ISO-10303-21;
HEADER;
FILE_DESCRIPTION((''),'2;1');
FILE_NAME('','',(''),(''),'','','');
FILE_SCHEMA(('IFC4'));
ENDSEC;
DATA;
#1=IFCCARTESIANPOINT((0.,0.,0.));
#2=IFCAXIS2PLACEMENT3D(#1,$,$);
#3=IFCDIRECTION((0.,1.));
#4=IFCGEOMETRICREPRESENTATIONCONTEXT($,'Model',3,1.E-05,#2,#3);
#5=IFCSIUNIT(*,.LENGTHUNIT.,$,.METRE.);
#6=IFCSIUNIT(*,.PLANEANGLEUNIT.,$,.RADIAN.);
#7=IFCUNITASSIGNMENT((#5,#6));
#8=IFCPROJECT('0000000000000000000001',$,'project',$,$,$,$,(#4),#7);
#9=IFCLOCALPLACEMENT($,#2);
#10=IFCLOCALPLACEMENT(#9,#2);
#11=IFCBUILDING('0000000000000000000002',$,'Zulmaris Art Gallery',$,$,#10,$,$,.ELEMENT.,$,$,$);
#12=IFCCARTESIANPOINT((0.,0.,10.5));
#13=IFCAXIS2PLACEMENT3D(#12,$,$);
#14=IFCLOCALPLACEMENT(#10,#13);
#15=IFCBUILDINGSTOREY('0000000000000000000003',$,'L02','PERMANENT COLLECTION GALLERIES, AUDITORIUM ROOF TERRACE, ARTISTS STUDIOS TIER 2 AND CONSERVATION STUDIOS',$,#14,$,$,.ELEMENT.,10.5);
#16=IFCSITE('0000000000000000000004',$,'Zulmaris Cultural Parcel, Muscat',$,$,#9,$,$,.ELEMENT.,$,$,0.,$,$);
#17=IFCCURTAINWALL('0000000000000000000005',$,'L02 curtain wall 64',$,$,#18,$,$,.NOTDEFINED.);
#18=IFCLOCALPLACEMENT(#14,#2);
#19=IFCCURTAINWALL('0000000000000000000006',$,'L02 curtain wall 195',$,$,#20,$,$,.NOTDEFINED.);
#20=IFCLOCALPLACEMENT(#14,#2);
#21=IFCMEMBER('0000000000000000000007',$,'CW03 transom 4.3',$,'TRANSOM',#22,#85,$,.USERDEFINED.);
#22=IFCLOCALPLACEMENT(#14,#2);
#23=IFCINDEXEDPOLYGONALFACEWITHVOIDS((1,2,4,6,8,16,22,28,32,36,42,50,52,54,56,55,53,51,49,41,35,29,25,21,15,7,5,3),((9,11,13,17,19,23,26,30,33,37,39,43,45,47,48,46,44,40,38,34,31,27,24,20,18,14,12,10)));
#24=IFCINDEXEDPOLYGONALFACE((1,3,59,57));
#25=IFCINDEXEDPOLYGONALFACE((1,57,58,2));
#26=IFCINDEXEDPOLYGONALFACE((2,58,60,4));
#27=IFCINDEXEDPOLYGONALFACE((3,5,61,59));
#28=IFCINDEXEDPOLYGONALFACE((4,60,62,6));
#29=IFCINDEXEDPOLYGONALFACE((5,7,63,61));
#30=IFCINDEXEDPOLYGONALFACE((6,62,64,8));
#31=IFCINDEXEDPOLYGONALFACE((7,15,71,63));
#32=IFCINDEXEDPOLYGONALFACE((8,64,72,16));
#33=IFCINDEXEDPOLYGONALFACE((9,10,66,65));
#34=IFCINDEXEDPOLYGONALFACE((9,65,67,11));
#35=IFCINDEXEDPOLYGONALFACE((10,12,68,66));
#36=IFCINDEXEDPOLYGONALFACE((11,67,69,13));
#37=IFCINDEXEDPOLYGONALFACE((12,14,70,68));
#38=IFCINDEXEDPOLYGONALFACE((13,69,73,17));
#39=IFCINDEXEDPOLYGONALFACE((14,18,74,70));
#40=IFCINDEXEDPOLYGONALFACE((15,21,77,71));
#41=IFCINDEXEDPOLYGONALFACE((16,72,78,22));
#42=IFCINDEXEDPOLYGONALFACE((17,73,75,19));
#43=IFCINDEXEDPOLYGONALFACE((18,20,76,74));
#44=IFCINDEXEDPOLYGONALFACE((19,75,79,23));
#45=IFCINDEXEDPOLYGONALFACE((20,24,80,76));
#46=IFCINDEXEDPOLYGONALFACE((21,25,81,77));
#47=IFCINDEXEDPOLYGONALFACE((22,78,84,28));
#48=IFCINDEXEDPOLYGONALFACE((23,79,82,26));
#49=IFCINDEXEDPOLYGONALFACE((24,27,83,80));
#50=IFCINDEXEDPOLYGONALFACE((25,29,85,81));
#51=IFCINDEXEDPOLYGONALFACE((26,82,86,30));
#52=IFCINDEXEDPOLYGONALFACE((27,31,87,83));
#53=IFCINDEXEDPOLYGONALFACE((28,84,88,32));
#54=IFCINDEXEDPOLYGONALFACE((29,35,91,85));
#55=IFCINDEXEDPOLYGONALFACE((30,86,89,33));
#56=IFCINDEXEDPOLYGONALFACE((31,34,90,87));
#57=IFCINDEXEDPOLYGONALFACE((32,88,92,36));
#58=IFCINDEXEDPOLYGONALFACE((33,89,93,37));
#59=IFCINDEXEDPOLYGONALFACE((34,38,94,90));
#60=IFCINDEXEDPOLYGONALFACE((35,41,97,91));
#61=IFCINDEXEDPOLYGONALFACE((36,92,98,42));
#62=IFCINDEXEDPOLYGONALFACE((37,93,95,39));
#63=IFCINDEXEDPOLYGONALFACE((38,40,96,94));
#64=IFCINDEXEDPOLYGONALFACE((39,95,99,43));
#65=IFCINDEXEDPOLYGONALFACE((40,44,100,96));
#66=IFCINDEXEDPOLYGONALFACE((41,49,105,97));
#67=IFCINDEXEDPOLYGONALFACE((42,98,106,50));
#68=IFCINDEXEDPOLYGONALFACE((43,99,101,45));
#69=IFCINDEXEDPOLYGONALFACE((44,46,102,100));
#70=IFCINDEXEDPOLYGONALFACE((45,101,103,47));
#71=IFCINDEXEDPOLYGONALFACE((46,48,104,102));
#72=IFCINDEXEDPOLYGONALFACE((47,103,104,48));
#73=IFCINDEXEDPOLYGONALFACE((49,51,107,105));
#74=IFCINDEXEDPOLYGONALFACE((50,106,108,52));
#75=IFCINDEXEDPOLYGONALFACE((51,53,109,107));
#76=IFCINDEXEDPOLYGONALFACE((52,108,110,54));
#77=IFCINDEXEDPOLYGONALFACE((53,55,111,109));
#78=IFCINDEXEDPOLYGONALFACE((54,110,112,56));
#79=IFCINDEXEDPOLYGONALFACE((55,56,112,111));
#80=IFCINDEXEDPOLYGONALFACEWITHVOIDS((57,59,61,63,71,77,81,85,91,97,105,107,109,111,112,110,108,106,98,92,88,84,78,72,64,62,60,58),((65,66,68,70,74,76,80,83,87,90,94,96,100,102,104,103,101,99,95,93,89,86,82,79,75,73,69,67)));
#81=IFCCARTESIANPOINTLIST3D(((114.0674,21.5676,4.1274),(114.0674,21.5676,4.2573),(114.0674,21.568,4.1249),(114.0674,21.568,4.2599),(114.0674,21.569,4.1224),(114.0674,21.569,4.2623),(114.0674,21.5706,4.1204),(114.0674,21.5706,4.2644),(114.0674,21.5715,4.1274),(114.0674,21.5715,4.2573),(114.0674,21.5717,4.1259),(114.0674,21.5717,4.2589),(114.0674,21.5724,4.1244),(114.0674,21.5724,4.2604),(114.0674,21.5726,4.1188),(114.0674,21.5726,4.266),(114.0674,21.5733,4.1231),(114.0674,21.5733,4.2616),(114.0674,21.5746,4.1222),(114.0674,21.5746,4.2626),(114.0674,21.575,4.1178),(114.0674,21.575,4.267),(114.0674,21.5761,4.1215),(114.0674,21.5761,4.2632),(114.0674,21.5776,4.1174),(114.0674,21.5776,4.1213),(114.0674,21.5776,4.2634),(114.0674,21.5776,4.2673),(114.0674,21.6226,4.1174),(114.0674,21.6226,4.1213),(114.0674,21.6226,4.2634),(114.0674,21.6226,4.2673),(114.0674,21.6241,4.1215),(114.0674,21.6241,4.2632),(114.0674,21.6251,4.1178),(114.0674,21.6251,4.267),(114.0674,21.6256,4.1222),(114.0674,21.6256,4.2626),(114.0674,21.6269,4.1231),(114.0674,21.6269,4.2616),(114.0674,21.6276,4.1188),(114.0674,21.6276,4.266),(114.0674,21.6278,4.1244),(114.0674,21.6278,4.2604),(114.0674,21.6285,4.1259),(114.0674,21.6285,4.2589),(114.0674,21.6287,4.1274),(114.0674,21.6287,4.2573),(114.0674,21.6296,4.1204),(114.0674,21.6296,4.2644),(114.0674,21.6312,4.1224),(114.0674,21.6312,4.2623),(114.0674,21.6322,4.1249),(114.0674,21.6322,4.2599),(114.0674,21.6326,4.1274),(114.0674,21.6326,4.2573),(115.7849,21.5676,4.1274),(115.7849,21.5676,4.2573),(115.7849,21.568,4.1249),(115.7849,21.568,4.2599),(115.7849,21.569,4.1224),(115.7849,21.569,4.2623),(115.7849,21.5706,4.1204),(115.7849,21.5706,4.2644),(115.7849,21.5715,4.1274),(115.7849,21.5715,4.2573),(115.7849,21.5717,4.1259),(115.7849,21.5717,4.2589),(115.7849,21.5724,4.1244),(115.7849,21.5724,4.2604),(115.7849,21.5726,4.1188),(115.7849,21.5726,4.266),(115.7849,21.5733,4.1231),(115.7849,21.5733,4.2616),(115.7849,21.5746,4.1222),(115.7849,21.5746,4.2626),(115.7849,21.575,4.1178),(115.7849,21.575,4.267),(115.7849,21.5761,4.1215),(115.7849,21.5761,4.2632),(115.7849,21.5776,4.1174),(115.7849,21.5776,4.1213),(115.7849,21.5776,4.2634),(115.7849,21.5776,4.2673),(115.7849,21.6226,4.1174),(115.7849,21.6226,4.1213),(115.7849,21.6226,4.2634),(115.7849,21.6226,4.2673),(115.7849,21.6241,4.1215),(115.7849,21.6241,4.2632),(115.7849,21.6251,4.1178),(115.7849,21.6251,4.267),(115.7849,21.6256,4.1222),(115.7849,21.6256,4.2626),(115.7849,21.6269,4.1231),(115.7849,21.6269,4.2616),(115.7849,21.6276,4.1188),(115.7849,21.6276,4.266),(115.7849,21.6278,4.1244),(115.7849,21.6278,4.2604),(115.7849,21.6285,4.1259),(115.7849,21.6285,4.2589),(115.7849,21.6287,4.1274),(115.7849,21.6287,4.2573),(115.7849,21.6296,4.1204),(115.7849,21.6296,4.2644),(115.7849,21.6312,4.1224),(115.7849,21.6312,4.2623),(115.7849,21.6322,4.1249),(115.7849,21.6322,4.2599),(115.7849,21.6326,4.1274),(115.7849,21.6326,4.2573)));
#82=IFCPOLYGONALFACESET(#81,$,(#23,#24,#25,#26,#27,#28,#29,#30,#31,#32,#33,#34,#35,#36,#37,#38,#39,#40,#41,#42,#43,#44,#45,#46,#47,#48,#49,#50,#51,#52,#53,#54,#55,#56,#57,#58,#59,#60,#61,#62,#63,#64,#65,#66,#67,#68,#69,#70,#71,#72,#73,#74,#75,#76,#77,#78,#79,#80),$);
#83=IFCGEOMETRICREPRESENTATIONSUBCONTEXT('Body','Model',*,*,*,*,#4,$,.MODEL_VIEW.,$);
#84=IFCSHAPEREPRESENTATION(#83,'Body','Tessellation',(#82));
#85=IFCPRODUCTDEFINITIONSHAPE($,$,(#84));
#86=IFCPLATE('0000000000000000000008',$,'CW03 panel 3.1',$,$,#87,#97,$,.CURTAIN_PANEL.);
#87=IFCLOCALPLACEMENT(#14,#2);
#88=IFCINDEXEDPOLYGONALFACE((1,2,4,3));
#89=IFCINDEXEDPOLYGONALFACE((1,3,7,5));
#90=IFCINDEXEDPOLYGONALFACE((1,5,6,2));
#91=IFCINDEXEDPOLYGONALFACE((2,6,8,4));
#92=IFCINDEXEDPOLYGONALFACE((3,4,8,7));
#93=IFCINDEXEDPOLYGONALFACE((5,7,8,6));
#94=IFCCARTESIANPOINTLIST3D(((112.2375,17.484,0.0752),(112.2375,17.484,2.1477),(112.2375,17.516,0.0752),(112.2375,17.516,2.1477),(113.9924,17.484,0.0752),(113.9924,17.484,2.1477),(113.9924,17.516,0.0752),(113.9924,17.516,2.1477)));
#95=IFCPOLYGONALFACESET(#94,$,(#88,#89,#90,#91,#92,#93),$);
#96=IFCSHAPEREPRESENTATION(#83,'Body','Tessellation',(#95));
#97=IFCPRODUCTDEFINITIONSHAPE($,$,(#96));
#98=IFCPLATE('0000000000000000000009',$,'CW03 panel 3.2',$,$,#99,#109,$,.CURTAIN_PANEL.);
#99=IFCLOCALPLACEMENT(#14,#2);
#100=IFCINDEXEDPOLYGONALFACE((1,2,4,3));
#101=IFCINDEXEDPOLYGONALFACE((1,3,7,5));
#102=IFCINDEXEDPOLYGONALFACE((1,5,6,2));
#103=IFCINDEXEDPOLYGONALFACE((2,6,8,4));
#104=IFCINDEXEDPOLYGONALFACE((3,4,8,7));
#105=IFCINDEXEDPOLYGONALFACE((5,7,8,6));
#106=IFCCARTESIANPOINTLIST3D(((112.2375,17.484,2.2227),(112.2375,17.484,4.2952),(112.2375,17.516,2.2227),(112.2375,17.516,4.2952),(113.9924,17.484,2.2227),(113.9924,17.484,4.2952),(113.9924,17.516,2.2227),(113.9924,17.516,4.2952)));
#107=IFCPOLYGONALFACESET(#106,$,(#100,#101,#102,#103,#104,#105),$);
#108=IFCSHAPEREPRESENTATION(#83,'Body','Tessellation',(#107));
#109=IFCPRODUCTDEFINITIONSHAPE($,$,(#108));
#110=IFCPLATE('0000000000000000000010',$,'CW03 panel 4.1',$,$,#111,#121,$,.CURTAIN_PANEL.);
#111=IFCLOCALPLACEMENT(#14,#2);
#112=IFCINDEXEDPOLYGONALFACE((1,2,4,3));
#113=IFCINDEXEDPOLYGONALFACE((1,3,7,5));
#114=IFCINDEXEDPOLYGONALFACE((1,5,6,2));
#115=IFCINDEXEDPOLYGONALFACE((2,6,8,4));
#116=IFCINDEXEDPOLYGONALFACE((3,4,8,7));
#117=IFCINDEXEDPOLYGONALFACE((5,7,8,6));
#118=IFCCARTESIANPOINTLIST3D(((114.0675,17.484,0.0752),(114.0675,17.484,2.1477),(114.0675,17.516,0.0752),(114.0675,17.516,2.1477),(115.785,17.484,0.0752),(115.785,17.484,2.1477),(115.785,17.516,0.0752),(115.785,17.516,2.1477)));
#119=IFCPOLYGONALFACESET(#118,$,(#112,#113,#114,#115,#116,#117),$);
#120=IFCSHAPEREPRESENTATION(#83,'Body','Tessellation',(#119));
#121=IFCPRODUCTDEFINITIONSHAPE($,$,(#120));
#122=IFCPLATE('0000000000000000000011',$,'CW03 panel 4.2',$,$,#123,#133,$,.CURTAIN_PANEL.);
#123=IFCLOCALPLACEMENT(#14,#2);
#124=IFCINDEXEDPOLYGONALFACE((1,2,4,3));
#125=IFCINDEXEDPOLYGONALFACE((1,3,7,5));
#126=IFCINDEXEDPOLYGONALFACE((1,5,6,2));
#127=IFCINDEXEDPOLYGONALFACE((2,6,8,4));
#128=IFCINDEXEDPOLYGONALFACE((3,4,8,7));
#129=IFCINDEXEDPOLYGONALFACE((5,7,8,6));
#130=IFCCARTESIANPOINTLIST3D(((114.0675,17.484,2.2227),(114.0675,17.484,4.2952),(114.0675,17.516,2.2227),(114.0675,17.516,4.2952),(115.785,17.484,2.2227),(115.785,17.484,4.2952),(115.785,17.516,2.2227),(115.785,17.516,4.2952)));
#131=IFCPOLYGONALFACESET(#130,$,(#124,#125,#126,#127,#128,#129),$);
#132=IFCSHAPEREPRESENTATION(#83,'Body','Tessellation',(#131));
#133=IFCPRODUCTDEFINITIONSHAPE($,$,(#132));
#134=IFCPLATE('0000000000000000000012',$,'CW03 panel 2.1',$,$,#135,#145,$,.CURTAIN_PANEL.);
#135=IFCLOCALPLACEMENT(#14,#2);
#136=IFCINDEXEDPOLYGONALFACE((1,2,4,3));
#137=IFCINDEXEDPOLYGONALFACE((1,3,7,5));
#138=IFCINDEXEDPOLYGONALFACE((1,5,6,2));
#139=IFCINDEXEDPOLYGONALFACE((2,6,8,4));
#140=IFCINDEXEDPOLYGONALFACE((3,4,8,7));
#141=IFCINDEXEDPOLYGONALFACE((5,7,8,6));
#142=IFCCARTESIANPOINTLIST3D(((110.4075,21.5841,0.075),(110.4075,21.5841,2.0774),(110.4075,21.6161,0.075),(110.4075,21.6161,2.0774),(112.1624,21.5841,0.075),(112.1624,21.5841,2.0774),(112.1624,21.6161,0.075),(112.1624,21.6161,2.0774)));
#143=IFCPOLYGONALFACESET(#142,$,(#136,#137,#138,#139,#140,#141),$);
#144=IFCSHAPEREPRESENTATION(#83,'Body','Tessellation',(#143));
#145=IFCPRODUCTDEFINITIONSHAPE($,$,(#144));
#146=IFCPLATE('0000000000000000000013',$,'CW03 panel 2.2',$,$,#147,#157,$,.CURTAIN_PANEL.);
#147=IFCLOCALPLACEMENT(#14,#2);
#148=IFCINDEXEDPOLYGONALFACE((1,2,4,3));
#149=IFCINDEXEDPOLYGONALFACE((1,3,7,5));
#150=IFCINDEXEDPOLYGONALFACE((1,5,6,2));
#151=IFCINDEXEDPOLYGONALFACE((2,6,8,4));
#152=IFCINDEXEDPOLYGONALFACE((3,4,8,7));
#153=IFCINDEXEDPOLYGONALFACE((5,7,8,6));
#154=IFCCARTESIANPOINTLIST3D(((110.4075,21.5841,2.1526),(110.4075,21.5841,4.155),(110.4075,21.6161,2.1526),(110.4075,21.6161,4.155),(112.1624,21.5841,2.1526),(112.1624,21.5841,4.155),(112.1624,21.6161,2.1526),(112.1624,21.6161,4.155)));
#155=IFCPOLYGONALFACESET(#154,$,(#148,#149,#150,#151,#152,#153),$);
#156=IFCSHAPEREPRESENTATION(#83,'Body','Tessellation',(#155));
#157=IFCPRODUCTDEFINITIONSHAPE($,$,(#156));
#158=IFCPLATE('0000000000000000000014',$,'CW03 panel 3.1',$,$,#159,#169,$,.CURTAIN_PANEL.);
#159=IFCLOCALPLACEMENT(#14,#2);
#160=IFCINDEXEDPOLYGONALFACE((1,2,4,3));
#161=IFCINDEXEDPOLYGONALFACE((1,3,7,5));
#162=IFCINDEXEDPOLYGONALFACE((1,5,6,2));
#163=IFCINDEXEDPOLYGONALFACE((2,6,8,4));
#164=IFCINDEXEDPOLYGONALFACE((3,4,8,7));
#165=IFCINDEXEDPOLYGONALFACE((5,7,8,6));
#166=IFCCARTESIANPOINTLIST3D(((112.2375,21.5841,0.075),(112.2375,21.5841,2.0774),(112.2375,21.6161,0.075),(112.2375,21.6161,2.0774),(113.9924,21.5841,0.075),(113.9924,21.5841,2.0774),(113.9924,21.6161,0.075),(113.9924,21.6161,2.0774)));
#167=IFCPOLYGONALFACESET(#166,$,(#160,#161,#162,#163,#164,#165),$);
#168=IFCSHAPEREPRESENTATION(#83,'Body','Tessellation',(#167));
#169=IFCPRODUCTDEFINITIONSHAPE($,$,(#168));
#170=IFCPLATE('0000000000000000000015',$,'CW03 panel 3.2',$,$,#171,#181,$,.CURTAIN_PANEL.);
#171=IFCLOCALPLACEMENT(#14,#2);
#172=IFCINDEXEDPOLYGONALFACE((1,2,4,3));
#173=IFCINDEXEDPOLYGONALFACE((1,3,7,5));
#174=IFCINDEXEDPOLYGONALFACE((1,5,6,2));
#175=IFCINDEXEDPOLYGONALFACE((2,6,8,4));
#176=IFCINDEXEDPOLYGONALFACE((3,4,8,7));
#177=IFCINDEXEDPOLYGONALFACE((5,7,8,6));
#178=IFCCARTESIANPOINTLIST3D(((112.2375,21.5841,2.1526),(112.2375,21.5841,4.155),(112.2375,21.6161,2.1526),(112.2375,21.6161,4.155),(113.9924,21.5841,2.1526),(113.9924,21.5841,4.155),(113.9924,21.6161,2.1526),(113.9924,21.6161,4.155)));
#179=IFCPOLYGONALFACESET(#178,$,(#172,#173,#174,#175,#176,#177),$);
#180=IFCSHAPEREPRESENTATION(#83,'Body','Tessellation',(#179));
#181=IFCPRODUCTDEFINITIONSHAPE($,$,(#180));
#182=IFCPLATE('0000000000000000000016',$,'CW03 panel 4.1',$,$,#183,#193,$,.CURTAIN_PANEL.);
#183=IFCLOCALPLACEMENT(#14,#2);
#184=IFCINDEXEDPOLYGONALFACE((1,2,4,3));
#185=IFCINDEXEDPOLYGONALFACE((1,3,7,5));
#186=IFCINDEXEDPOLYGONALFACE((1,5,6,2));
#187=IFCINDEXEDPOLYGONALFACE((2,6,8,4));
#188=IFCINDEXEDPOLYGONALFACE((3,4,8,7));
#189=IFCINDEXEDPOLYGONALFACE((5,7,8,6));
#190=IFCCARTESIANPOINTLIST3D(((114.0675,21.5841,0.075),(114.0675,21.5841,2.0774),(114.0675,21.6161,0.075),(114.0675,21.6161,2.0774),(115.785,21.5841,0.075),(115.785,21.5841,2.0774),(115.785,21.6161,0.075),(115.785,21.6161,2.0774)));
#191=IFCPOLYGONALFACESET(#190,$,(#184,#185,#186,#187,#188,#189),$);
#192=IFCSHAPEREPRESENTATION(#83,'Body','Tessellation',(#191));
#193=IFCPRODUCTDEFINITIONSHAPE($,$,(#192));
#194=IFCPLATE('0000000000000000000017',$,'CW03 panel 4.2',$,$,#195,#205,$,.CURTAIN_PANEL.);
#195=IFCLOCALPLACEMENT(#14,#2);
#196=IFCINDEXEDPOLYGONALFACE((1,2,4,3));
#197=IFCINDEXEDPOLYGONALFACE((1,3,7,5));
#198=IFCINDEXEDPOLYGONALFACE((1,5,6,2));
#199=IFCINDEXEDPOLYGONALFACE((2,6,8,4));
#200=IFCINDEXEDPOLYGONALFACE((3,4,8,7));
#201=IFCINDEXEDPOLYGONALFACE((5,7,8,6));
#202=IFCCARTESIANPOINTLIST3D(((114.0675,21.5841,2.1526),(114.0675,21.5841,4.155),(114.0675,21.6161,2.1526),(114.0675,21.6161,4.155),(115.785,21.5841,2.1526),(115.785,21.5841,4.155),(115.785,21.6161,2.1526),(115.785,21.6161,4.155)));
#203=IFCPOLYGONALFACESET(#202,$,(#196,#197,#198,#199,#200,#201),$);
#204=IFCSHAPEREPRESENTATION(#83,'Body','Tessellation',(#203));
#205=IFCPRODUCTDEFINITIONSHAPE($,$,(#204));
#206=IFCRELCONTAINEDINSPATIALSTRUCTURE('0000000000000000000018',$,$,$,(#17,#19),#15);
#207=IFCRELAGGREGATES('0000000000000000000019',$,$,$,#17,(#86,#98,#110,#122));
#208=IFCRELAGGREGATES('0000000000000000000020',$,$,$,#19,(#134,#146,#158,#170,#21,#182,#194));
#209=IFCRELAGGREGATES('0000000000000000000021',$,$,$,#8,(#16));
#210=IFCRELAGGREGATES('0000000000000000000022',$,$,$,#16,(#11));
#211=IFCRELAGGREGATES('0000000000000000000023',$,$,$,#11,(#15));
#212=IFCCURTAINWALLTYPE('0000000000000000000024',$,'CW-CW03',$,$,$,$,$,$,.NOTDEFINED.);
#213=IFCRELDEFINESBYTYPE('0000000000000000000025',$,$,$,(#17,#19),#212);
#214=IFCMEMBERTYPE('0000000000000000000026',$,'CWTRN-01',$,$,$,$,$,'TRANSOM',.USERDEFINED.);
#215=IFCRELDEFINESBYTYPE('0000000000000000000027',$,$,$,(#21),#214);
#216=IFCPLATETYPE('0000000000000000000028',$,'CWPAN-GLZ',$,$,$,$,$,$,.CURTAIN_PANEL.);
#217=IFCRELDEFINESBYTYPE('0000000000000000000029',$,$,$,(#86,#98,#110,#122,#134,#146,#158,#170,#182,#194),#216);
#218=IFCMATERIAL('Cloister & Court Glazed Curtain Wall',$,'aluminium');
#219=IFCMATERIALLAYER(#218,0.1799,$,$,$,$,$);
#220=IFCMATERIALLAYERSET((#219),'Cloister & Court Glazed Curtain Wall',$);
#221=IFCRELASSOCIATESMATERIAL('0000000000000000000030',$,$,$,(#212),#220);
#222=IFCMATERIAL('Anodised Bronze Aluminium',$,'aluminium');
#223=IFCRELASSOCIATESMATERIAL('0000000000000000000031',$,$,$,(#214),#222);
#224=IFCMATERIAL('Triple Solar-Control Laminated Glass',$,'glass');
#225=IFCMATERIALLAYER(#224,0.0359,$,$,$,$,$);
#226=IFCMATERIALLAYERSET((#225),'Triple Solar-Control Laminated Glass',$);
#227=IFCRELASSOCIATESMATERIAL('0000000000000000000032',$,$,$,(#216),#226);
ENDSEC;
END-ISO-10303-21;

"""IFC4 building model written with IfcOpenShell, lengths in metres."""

from ifc_helpers import new_model, si_unit, direction, frame, origin, origin_2d, place, context, subcontext, project, spatial, rectangle, hollow_rectangle, extrude, material, layer, layer_set, material_profile, profile_set, type_object, element, aggregate, save


model = new_model("IFC4")

# Units and contexts
model_context = context("Model", 3, precision=1e-05, world=origin(), true_north=direction((0.0, 1.0)))
body_context = subcontext(model_context, "Body", "Model", "MODEL_VIEW")
ifc_project = project(units=[si_unit("LENGTHUNIT", "METRE"), si_unit("PLANEANGLEUNIT", "RADIAN")], contexts=[model_context])

# Site, building, storey
site_placement = place(None, origin())
site = spatial("IfcSite", under=ifc_project, at=site_placement, Name="Zulmaris Cultural Parcel, Muscat", CompositionType="ELEMENT", RefElevation=0.0)
building_placement = place(site_placement, origin())
building = spatial("IfcBuilding", under=site, at=building_placement, Name="Zulmaris Art Gallery", CompositionType="ELEMENT")
storey_placement = place(building_placement, frame((0.0, 0.0, 10.5)))
storey = spatial("IfcBuildingStorey", under=building, at=storey_placement, Name="L02", Description="PERMANENT COLLECTION GALLERIES, AUDITORIUM ROOF TERRACE, ARTISTS STUDIOS TIER 2 AND CONSERVATION STUDIOS", CompositionType="ELEMENT", Elevation=10.5)

# Curtain walls
ifc_material_1 = material(Name="Cloister & Court Glazed Curtain Wall", Category="aluminium")
ifc_layer_1 = layer(ifc_material_1, 0.1799)
ifc_layer_set_1 = layer_set([ifc_layer_1], Name="Cloister & Court Glazed Curtain Wall")
curtain_wall_type = type_object("IfcCurtainWallType", Name="CW-CW03", PredefinedType="NOTDEFINED", material=ifc_layer_set_1)
curtain_wall_1_placement = place(storey_placement, origin())
curtain_wall_1 = element("IfcCurtainWall", 1, at=curtain_wall_1_placement, inside=storey, type_object=curtain_wall_type, Name="L02 curtain wall 64", PredefinedType="NOTDEFINED")
ifc_material_2 = material(Name="Anodised Bronze Aluminium", Category="aluminium")
curtain_wall_2_placement = place(storey_placement, origin())
curtain_wall_2 = element("IfcCurtainWall", 2, at=curtain_wall_2_placement, inside=storey, type_object=curtain_wall_type, Name="L02 curtain wall 195", PredefinedType="NOTDEFINED")

# Member
ifc_material_profile_1 = material_profile(ifc_material_2, hollow_rectangle(XDim=0.0649, YDim=0.1499, WallThickness=0.0039, InnerFilletRadius=0.0061, OuterFilletRadius=0.01, at=origin_2d()), Name="ALU 65x150x4")
ifc_profile_set_1 = profile_set([ifc_material_profile_1], Name="Anodised Bronze Aluminium")
member_type_1 = type_object("IfcMemberType", Name="CWTRN-01", ElementType="TRANSOM", PredefinedType="USERDEFINED", material=ifc_profile_set_1)
member_1_placement = place(storey_placement, frame((114.0674, 21.6001, 4.1924), z_axis=(1.0, 0.0, 0.0), x_axis=(0.0, 1.0, 0.0)))
member_1 = element("IfcMember", 3, at=member_1_placement, type_object=member_type_1, Name="CW03 transom 4.3", ObjectType="TRANSOM", PredefinedType="USERDEFINED", context=body_context, shape_type="SweptSolid", body=[
    extrude(hollow_rectangle(XDim=0.0649, YDim=0.1499, WallThickness=0.0039, InnerFilletRadius=0.0061, OuterFilletRadius=0.01, at=origin_2d()), origin(), (0.0, 0.0, 1.0), 1.7175),
])

# Plates
ifc_material_3 = material(Name="Triple Solar-Control Laminated Glass", Category="glass")
ifc_layer_2 = layer(ifc_material_3, 0.0359)
ifc_layer_set_2 = layer_set([ifc_layer_2], Name="Triple Solar-Control Laminated Glass")
plate_type = type_object("IfcPlateType", Name="CWPAN-GLZ", PredefinedType="CURTAIN_PANEL", material=ifc_layer_set_2)
plate_1_placement = place(storey_placement, frame((113.115, 17.5, 0.0752), z_axis=(0.0, 0.0, 1.0), x_axis=(1.0, 0.0, 0.0)))
plate_1 = element("IfcPlate", 4, at=plate_1_placement, type_object=plate_type, Name="CW03 panel 3.1", PredefinedType="CURTAIN_PANEL", context=body_context, shape_type="SweptSolid", body=[
    extrude(rectangle(XDim=1.7549, YDim=0.032, at=origin_2d()), origin(), (0.0, 0.0, 1.0), 2.0725),
])
plate_2_placement = place(storey_placement, frame((113.115, 17.5, 2.2227), z_axis=(0.0, 0.0, 1.0), x_axis=(1.0, 0.0, 0.0)))
plate_2 = element("IfcPlate", 5, at=plate_2_placement, type_object=plate_type, Name="CW03 panel 3.2", PredefinedType="CURTAIN_PANEL", context=body_context, shape_type="SweptSolid", body=[
    extrude(rectangle(XDim=1.7549, YDim=0.032, at=origin_2d()), origin(), (0.0, 0.0, 1.0), 2.0725),
])
plate_3_placement = place(storey_placement, frame((114.9263, 17.5, 0.0752), z_axis=(0.0, 0.0, 1.0), x_axis=(1.0, 0.0, 0.0)))
plate_3 = element("IfcPlate", 6, at=plate_3_placement, type_object=plate_type, Name="CW03 panel 4.1", PredefinedType="CURTAIN_PANEL", context=body_context, shape_type="SweptSolid", body=[
    extrude(rectangle(XDim=1.7175, YDim=0.032, at=origin_2d()), origin(), (0.0, 0.0, 1.0), 2.0725),
])
plate_4_placement = place(storey_placement, frame((114.9263, 17.5, 2.2227), z_axis=(0.0, 0.0, 1.0), x_axis=(1.0, 0.0, 0.0)))
plate_4 = element("IfcPlate", 7, at=plate_4_placement, type_object=plate_type, Name="CW03 panel 4.2", PredefinedType="CURTAIN_PANEL", context=body_context, shape_type="SweptSolid", body=[
    extrude(rectangle(XDim=1.7175, YDim=0.032, at=origin_2d()), origin(), (0.0, 0.0, 1.0), 2.0725),
])
aggregate(curtain_wall_1, [plate_1, plate_2, plate_3, plate_4])
plate_5_placement = place(storey_placement, frame((111.2849, 21.6001, 0.075), z_axis=(0.0, 0.0, 1.0), x_axis=(1.0, 0.0, 0.0)))
plate_5 = element("IfcPlate", 8, at=plate_5_placement, type_object=plate_type, Name="CW03 panel 2.1", PredefinedType="CURTAIN_PANEL", context=body_context, shape_type="SweptSolid", body=[
    extrude(rectangle(XDim=1.7549, YDim=0.032, at=origin_2d()), origin(), (0.0, 0.0, 1.0), 2.0024),
])
plate_6_placement = place(storey_placement, frame((111.2849, 21.6001, 2.1526), z_axis=(0.0, 0.0, 1.0), x_axis=(1.0, 0.0, 0.0)))
plate_6 = element("IfcPlate", 9, at=plate_6_placement, type_object=plate_type, Name="CW03 panel 2.2", PredefinedType="CURTAIN_PANEL", context=body_context, shape_type="SweptSolid", body=[
    extrude(rectangle(XDim=1.7549, YDim=0.032, at=origin_2d()), origin(), (0.0, 0.0, 1.0), 2.0024),
])
plate_7_placement = place(storey_placement, frame((113.115, 21.6001, 0.075), z_axis=(0.0, 0.0, 1.0), x_axis=(1.0, 0.0, 0.0)))
plate_7 = element("IfcPlate", 10, at=plate_7_placement, type_object=plate_type, Name="CW03 panel 3.1", PredefinedType="CURTAIN_PANEL", context=body_context, shape_type="SweptSolid", body=[
    extrude(rectangle(XDim=1.7549, YDim=0.032, at=origin_2d()), origin(), (0.0, 0.0, 1.0), 2.0024),
])
plate_8_placement = place(storey_placement, frame((113.115, 21.6001, 2.1526), z_axis=(0.0, 0.0, 1.0), x_axis=(1.0, 0.0, 0.0)))
plate_8 = element("IfcPlate", 11, at=plate_8_placement, type_object=plate_type, Name="CW03 panel 3.2", PredefinedType="CURTAIN_PANEL", context=body_context, shape_type="SweptSolid", body=[
    extrude(rectangle(XDim=1.7549, YDim=0.032, at=origin_2d()), origin(), (0.0, 0.0, 1.0), 2.0024),
])
plate_9_placement = place(storey_placement, frame((114.9263, 21.6001, 0.075), z_axis=(0.0, 0.0, 1.0), x_axis=(1.0, 0.0, 0.0)))
plate_9 = element("IfcPlate", 12, at=plate_9_placement, type_object=plate_type, Name="CW03 panel 4.1", PredefinedType="CURTAIN_PANEL", context=body_context, shape_type="SweptSolid", body=[
    extrude(rectangle(XDim=1.7175, YDim=0.032, at=origin_2d()), origin(), (0.0, 0.0, 1.0), 2.0024),
])
plate_10_placement = place(storey_placement, frame((114.9263, 21.6001, 2.1526), z_axis=(0.0, 0.0, 1.0), x_axis=(1.0, 0.0, 0.0)))
plate_10 = element("IfcPlate", 13, at=plate_10_placement, type_object=plate_type, Name="CW03 panel 4.2", PredefinedType="CURTAIN_PANEL", context=body_context, shape_type="SweptSolid", body=[
    extrude(rectangle(XDim=1.7175, YDim=0.032, at=origin_2d()), origin(), (0.0, 0.0, 1.0), 2.0024),
])
aggregate(curtain_wall_2, [plate_5, plate_6, plate_7, plate_8, member_1, plate_9, plate_10])

save(model, "model.ifc")
